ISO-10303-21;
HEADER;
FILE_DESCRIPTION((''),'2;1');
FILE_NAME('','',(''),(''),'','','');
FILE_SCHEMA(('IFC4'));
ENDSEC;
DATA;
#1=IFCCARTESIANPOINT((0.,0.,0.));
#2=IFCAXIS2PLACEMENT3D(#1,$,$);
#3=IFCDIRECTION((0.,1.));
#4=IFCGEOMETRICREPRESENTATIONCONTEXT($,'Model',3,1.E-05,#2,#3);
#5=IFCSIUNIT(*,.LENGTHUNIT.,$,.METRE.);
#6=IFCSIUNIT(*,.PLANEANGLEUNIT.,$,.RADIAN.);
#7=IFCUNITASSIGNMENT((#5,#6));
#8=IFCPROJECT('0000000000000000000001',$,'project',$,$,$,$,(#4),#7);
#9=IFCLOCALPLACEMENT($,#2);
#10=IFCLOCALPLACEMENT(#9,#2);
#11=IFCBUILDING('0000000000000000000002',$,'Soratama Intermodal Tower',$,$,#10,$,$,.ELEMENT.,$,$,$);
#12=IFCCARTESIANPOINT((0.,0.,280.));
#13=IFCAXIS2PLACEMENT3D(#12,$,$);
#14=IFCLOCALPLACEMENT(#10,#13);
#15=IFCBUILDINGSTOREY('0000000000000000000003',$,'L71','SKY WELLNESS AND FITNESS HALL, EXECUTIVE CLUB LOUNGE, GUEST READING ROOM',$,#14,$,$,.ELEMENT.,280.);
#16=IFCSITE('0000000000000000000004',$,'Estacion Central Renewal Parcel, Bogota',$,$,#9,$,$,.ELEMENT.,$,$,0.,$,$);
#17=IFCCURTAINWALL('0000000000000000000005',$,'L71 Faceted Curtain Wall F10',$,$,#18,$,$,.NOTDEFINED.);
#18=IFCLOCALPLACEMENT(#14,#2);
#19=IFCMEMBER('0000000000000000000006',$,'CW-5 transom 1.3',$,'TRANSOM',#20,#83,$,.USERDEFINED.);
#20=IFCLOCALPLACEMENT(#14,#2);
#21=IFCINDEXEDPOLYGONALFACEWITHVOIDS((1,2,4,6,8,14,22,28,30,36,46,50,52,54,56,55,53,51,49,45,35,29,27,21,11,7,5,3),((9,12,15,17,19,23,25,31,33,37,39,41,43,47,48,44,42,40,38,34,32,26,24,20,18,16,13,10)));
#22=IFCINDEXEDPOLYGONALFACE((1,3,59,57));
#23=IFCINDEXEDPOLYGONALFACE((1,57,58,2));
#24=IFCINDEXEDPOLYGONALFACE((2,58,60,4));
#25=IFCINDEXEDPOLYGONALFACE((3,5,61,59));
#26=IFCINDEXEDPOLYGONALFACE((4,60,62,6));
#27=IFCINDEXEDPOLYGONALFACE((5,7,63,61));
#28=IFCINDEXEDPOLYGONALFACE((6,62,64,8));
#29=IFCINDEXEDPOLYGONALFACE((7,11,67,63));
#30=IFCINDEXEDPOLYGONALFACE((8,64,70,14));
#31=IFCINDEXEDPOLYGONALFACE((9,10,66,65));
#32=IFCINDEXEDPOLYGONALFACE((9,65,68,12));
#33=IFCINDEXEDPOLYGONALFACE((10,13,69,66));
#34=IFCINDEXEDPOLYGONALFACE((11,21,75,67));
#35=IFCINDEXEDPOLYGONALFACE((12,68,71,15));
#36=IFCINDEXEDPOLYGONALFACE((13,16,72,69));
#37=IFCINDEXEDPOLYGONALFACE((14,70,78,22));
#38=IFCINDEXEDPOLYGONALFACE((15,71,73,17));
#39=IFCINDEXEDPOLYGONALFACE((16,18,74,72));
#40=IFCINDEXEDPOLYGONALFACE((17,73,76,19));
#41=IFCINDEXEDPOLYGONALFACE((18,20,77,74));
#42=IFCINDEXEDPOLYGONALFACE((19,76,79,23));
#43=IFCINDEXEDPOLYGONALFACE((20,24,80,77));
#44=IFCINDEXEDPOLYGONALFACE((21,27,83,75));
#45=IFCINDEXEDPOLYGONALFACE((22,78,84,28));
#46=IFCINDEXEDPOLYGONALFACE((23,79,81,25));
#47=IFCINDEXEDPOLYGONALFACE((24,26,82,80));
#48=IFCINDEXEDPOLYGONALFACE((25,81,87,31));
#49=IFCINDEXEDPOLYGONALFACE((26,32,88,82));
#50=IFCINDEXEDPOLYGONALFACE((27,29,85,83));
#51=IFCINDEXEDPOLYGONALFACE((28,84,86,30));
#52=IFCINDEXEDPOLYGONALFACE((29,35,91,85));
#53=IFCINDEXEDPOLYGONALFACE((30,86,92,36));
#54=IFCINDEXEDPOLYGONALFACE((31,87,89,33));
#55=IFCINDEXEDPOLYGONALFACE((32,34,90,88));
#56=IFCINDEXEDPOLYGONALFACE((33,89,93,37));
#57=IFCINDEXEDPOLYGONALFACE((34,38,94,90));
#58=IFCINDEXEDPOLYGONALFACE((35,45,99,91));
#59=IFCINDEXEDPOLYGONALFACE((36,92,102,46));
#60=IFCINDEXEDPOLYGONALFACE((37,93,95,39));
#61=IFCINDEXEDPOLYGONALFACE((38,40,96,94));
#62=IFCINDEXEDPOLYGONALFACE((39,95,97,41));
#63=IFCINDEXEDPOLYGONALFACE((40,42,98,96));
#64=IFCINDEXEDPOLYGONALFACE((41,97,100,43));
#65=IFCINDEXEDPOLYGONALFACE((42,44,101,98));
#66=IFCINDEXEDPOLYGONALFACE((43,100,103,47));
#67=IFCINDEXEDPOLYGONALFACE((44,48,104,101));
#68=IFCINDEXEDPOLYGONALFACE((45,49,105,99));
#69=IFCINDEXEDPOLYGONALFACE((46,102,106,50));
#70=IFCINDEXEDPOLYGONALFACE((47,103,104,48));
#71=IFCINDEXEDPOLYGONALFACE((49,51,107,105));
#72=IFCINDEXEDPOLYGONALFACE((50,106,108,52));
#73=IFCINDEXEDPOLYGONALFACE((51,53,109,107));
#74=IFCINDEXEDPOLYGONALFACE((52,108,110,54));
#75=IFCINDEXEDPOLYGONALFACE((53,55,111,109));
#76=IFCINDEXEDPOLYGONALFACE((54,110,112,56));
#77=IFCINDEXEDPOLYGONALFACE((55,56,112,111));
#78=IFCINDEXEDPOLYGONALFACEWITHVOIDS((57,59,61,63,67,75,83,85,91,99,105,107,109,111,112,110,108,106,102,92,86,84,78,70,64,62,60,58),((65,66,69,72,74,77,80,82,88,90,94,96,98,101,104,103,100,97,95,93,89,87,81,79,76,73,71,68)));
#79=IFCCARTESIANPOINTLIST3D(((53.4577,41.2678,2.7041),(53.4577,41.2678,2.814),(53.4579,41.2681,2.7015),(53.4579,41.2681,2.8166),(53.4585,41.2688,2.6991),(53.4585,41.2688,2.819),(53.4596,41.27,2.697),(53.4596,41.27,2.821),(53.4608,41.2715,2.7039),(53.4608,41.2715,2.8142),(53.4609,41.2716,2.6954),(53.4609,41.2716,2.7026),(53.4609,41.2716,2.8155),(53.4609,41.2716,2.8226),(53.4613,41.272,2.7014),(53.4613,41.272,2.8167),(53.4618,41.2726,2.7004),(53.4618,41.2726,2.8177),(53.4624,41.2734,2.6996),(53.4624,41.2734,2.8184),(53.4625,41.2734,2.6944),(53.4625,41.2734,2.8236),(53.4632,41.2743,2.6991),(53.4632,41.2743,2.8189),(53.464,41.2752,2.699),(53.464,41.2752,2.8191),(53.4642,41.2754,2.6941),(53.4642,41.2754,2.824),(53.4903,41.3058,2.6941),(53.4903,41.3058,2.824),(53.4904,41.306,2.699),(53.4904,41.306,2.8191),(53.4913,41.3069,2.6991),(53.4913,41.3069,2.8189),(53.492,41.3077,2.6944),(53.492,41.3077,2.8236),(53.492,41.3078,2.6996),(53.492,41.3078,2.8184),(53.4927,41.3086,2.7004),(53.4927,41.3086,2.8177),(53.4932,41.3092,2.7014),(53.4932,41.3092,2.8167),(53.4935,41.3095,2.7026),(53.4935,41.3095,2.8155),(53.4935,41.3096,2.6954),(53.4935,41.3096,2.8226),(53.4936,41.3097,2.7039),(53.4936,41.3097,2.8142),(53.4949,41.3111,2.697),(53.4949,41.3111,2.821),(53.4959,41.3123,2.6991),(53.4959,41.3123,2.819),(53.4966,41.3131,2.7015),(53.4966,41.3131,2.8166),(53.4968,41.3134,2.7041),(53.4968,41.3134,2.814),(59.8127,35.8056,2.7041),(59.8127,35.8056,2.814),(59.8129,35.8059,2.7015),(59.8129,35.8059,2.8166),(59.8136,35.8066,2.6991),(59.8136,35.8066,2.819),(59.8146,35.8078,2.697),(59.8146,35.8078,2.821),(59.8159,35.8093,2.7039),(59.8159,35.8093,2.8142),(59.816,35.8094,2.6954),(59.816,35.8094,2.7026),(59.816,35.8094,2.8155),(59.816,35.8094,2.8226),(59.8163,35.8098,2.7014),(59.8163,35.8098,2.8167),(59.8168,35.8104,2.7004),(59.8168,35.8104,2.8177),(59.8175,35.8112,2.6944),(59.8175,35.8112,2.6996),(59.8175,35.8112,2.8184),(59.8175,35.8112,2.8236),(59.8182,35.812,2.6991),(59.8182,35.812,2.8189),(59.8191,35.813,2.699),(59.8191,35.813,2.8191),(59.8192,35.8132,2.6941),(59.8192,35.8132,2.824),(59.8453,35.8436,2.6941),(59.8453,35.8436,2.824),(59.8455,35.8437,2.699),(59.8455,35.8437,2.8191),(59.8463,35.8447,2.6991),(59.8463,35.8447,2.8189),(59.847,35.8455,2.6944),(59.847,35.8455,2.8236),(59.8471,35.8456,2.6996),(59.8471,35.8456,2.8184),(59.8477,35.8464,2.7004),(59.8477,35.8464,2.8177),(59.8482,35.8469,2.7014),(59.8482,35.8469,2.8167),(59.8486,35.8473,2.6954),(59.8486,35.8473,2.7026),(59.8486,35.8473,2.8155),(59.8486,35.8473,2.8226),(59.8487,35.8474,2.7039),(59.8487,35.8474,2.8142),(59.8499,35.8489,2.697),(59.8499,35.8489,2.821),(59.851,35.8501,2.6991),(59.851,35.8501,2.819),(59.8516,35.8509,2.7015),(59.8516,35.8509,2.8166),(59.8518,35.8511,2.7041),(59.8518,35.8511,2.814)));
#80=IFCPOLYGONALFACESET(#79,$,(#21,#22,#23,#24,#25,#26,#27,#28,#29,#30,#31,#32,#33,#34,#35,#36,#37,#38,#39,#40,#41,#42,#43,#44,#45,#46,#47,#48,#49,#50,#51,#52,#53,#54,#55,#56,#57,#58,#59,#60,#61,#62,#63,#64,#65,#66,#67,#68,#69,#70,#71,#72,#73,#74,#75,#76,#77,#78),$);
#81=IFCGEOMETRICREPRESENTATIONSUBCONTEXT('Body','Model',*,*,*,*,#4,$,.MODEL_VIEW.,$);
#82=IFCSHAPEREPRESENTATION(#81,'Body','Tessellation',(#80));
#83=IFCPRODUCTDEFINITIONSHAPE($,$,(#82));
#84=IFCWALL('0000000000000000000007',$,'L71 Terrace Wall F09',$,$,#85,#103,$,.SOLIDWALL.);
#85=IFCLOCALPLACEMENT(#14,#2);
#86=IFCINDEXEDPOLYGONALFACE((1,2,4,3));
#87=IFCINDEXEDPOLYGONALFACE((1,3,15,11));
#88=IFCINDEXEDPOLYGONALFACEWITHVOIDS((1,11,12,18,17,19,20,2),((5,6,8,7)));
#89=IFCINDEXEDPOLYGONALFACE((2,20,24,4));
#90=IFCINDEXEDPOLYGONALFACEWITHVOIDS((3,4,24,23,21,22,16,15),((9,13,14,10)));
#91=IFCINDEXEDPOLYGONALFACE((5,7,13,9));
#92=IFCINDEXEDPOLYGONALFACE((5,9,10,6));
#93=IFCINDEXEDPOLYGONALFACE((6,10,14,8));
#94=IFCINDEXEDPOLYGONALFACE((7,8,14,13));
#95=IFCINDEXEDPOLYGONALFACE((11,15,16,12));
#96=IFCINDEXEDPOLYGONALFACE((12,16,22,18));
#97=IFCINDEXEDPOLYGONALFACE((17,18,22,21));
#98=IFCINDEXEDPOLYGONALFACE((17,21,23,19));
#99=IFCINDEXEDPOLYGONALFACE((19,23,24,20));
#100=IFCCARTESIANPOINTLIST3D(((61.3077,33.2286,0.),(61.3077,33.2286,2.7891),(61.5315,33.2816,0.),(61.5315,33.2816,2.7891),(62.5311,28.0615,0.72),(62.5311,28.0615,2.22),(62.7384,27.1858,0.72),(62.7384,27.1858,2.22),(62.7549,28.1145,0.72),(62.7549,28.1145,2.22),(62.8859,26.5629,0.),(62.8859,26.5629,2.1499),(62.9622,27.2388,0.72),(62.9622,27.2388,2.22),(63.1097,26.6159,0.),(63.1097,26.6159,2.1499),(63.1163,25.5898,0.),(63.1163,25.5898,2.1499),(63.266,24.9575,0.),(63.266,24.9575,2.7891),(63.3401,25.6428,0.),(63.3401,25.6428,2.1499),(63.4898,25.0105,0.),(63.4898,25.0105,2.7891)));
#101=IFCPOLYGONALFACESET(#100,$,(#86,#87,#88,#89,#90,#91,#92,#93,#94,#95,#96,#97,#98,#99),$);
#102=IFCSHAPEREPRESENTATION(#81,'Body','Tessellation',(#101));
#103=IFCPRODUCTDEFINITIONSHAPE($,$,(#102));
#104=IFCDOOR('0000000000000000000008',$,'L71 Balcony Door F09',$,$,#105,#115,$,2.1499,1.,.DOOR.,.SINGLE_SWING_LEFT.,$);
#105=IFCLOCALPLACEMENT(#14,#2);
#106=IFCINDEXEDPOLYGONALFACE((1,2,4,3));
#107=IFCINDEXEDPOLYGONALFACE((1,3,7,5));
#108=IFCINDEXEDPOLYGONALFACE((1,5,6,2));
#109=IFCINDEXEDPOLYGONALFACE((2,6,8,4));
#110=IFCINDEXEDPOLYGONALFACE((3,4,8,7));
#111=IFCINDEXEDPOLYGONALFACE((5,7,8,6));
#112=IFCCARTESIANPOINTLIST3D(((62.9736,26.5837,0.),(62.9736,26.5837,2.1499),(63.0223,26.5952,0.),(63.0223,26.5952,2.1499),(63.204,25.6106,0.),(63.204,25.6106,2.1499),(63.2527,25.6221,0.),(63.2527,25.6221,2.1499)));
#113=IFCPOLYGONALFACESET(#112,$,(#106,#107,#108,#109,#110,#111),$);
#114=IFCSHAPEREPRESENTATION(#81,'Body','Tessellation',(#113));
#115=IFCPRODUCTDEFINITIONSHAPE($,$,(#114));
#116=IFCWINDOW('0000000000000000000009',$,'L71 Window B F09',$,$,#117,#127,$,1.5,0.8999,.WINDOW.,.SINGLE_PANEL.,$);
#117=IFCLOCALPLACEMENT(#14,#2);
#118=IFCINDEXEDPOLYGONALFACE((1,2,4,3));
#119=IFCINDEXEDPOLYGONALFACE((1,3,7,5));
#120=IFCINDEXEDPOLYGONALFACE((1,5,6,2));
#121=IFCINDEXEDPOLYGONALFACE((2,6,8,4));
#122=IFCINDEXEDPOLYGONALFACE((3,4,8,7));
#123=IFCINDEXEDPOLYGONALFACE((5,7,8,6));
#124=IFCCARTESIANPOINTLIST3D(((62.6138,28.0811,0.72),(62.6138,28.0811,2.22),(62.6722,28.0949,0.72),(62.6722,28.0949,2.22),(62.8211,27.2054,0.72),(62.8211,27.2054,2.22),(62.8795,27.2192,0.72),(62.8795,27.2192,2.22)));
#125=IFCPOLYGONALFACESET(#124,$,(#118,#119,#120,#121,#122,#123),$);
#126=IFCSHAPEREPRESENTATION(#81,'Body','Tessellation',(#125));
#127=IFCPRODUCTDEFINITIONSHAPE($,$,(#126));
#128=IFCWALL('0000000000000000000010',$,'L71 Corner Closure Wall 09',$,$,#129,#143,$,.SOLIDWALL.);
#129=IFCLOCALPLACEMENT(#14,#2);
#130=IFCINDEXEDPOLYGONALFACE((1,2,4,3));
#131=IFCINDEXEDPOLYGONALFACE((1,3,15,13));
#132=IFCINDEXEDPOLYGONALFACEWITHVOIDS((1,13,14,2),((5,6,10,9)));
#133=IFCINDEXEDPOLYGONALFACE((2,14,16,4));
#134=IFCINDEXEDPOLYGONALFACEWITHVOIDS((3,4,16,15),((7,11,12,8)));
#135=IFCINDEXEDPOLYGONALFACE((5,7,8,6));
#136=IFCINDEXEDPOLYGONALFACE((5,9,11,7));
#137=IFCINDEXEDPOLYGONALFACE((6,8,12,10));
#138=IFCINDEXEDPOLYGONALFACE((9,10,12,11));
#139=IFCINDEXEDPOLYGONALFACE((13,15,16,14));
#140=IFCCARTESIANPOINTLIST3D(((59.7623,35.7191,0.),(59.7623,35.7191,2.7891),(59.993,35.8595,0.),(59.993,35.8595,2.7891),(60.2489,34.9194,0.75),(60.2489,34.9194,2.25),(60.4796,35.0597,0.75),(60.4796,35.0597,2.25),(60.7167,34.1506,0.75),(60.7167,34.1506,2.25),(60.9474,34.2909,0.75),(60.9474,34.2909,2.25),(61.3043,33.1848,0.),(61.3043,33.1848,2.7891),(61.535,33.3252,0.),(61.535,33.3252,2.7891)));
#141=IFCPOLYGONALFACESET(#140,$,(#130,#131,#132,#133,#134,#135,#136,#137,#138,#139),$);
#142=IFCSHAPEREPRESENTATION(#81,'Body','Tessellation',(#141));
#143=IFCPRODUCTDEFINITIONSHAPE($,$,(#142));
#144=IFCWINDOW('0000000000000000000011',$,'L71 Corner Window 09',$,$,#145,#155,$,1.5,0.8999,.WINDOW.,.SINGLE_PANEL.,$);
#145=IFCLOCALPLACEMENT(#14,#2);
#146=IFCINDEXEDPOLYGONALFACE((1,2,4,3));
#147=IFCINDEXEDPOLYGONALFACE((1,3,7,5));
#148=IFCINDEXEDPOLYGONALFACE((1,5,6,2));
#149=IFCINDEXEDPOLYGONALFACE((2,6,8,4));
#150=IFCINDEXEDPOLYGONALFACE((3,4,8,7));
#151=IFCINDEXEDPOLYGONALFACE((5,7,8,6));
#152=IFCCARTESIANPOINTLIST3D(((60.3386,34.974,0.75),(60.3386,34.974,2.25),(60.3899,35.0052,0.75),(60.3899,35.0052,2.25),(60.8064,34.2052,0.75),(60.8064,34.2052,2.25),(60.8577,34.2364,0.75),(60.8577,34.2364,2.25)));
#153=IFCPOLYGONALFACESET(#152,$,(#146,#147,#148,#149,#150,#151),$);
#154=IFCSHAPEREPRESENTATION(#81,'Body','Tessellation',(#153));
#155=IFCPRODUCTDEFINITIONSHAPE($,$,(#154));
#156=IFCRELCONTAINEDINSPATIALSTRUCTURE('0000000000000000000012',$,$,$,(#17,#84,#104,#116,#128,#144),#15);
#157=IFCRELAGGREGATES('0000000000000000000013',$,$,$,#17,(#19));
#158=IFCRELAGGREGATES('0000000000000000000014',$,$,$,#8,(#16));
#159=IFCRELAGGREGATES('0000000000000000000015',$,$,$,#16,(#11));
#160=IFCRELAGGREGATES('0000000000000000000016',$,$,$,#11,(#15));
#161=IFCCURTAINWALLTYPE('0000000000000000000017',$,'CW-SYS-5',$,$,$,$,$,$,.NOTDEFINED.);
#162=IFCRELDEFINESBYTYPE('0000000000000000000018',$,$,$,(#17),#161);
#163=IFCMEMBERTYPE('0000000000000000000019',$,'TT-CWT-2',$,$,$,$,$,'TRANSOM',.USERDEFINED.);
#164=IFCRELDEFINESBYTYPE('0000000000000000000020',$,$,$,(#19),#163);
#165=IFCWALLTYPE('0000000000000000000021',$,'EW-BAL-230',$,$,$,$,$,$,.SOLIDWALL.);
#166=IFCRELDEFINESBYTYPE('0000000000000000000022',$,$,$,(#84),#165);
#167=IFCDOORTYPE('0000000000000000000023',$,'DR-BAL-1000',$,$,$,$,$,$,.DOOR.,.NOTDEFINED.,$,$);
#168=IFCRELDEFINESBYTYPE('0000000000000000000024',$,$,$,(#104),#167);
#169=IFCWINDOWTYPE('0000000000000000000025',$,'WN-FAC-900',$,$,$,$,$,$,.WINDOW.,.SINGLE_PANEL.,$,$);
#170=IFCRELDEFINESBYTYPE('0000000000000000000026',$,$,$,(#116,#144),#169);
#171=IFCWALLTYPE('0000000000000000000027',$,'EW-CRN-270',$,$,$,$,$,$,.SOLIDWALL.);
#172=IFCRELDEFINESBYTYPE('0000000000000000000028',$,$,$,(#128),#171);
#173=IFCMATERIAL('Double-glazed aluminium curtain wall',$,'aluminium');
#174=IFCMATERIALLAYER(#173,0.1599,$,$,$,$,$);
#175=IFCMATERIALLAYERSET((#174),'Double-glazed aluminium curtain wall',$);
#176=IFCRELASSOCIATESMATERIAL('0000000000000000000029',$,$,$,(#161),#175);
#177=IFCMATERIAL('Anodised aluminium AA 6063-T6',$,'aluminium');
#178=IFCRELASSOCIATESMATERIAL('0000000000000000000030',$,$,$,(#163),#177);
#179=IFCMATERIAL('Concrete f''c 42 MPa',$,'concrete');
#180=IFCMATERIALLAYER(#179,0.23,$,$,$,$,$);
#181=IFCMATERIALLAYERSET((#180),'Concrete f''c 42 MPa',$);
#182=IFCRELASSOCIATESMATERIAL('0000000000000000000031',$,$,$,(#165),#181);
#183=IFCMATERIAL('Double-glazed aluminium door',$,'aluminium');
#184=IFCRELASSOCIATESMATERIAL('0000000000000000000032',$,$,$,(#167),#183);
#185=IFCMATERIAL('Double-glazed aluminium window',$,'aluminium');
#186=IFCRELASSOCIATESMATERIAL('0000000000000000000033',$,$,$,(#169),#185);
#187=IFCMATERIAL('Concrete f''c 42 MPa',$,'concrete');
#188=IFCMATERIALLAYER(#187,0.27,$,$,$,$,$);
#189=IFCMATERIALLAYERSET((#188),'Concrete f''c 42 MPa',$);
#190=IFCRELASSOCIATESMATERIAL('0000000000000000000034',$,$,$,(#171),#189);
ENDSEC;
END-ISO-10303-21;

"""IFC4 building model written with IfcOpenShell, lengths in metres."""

from ifc_helpers import new_model, si_unit, direction, frame, frame_2d, origin, origin_2d, place, context, subcontext, project, spatial, rectangle, hollow_rectangle, extrude, material, layer, layer_set, material_profile, profile_set, type_object, element, fill, aggregate, save


model = new_model("IFC4")

# Units and contexts
model_context = context("Model", 3, precision=1e-05, world=origin(), true_north=direction((0.0, 1.0)))
body_context = subcontext(model_context, "Body", "Model", "MODEL_VIEW")
ifc_project = project(units=[si_unit("LENGTHUNIT", "METRE"), si_unit("PLANEANGLEUNIT", "RADIAN")], contexts=[model_context])

# Site, building, storey
site_placement = place(None, origin())
site = spatial("IfcSite", under=ifc_project, at=site_placement, Name="Estacion Central Renewal Parcel, Bogota", CompositionType="ELEMENT", RefElevation=0.0)
building_placement = place(site_placement, origin())
building = spatial("IfcBuilding", under=site, at=building_placement, Name="Soratama Intermodal Tower", CompositionType="ELEMENT")
storey_placement = place(building_placement, frame((0.0, 0.0, 280.0)))
storey = spatial("IfcBuildingStorey", under=building, at=storey_placement, Name="L71", Description="SKY WELLNESS AND FITNESS HALL, EXECUTIVE CLUB LOUNGE, GUEST READING ROOM", CompositionType="ELEMENT", Elevation=280.0)

# Curtain wall, member
ifc_material_1 = material(Name="Double-glazed aluminium curtain wall", Category="aluminium")
ifc_layer_1 = layer(ifc_material_1, 0.1599)
ifc_layer_set_1 = layer_set([ifc_layer_1], Name="Double-glazed aluminium curtain wall")
curtain_wall_type = type_object("IfcCurtainWallType", Name="CW-SYS-5", PredefinedType="NOTDEFINED", material=ifc_layer_set_1)
curtain_wall_placement = place(storey_placement, origin())
curtain_wall = element("IfcCurtainWall", 1, at=curtain_wall_placement, inside=storey, type_object=curtain_wall_type, Name="L71 Faceted Curtain Wall F10", PredefinedType="NOTDEFINED")
ifc_material_2 = material(Name="Anodised aluminium AA 6063-T6", Category="aluminium")
ifc_material_profile_1 = material_profile(ifc_material_2, hollow_rectangle(XDim=0.0601, YDim=0.1299, WallThickness=0.0049, InnerFilletRadius=0.0049, OuterFilletRadius=0.01, at=origin_2d()), Name="CWT130X60X5")
ifc_profile_set_1 = profile_set([ifc_material_profile_1], Name="Anodised aluminium AA 6063-T6")
member_type_1 = type_object("IfcMemberType", Name="TT-CWT-2", ElementType="TRANSOM", PredefinedType="USERDEFINED", material=ifc_profile_set_1)
member_1_placement = place(storey_placement, frame((59.8323, 35.8284, 2.759), z_axis=(-0.75837, 0.651825, 0.0), x_axis=(-0.651825, -0.75837, 0.0)))
member_1 = element("IfcMember", 2, at=member_1_placement, type_object=member_type_1, Name="CW-5 transom 1.3", ObjectType="TRANSOM", PredefinedType="USERDEFINED", context=body_context, shape_type="SweptSolid", body=[
    extrude(hollow_rectangle(XDim=0.0601, YDim=0.1299, WallThickness=0.0049, InnerFilletRadius=0.0049, OuterFilletRadius=0.01, at=origin_2d()), origin(), (0.0, 0.0, 1.0), 8.3799),
])
aggregate(curtain_wall, [member_1])

# Wall, openings, door, window
ifc_material_3 = material(Name="Concrete f'c 42 MPa", Category="concrete")
ifc_layer_2 = layer(ifc_material_3, 0.23)
ifc_layer_set_2 = layer_set([ifc_layer_2], Name="Concrete f'c 42 MPa")
wall_type_1 = type_object("IfcWallType", Name="EW-BAL-230", PredefinedType="SOLIDWALL", material=ifc_layer_set_2)
wall_1_placement = place(storey_placement, frame((63.3779, 24.9839, 0.0), z_axis=(0.0, 0.0, 1.0), x_axis=(-0.230392, 0.973098, 0.0)))
wall_1 = element("IfcWall", 3, at=wall_1_placement, inside=storey, type_object=wall_type_1, Name="L71 Terrace Wall F09", PredefinedType="SOLIDWALL", context=body_context, shape_type="SweptSolid", body=[
    extrude(rectangle(XDim=8.4998, YDim=0.23, at=frame_2d((4.25, 0.0))), origin(), (0.0, 0.0, 1.0), 2.7891),
])
opening_1_placement = place(wall_1_placement, frame((0.6499, 0.0, 0.0)))
opening_1 = element("IfcOpeningElement", 4, at=opening_1_placement, cuts=wall_1, PredefinedType="OPENING", context=body_context, shape_type="SweptSolid", body=[
    extrude(rectangle(XDim=1.0, YDim=2.1499, at=frame_2d((0.5, 1.075))), frame((0.0, 0.125, 0.0), z_axis=(0.0, -1.0, 0.0), x_axis=(1.0, 0.0, 0.0)), (0.0, 0.0, 1.0), 0.25),
])
opening_2_placement = place(wall_1_placement, frame((2.29, 0.0, 0.72)))
opening_2 = element("IfcOpeningElement", 5, at=opening_2_placement, cuts=wall_1, PredefinedType="OPENING", context=body_context, shape_type="SweptSolid", body=[
    extrude(rectangle(XDim=0.8999, YDim=1.5, at=frame_2d((0.45, 0.75))), frame((0.0, 0.125, 0.0), z_axis=(0.0, -1.0, 0.0), x_axis=(1.0, 0.0, 0.0)), (0.0, 0.0, 1.0), 0.25),
])
ifc_material_4 = material(Name="Double-glazed aluminium door", Category="aluminium")
door_type_1 = type_object("IfcDoorType", Name="DR-BAL-1000", OperationType="NOTDEFINED", PredefinedType="DOOR", material=ifc_material_4)
door_1_placement = place(opening_1_placement, origin())
door_1 = element("IfcDoor", 6, at=door_1_placement, inside=storey, type_object=door_type_1, Name="L71 Balcony Door F09", OperationType="SINGLE_SWING_LEFT", OverallHeight=2.1499, OverallWidth=1.0, PredefinedType="DOOR", context=body_context, shape_type="SweptSolid", body=[
    extrude(rectangle(XDim=1.0, YDim=2.1499, at=frame_2d((0.5, 1.075))), frame((0.0, 0.0249, 0.0), z_axis=(0.0, -1.0, 0.0), x_axis=(1.0, 0.0, 0.0)), (0.0, 0.0, 1.0), 0.05),
])
fill(opening_1, door_1)
ifc_material_5 = material(Name="Double-glazed aluminium window", Category="aluminium")
window_type = type_object("IfcWindowType", Name="WN-FAC-900", PartitioningType="SINGLE_PANEL", PredefinedType="WINDOW", material=ifc_material_5)
window_1_placement = place(opening_2_placement, origin())
window_1 = element("IfcWindow", 7, at=window_1_placement, inside=storey, type_object=window_type, Name="L71 Window B F09", OverallHeight=1.5, OverallWidth=0.8999, PartitioningType="SINGLE_PANEL", PredefinedType="WINDOW", context=body_context, shape_type="SweptSolid", body=[
    extrude(rectangle(XDim=0.8999, YDim=1.5, at=frame_2d((0.45, 0.75))), frame((0.0, 0.03, 0.0), z_axis=(0.0, -1.0, 0.0), x_axis=(1.0, 0.0, 0.0)), (0.0, 0.0, 1.0), 0.0601),
])
fill(opening_2, window_1)

# Wall, opening, window
ifc_material_6 = material(Name="Concrete f'c 42 MPa", Category="concrete")
ifc_layer_3 = layer(ifc_material_6, 0.27)
ifc_layer_set_3 = layer_set([ifc_layer_3], Name="Concrete f'c 42 MPa")
wall_type_2 = type_object("IfcWallType", Name="EW-CRN-270", PredefinedType="SOLIDWALL", material=ifc_layer_set_3)
wall_2_placement = place(storey_placement, frame((61.4197, 33.2549, 0.0), z_axis=(0.0, 0.0, 1.0), x_axis=(-0.519775, 0.854303, 0.0)))
wall_2 = element("IfcWall", 8, at=wall_2_placement, inside=storey, type_object=wall_type_2, Name="L71 Corner Closure Wall 09", PredefinedType="SOLIDWALL", context=body_context, shape_type="SweptSolid", body=[
    extrude(rectangle(XDim=2.9666, YDim=0.27, at=frame_2d((1.4834, 0.0))), origin(), (0.0, 0.0, 1.0), 2.7891),
])
opening_3_placement = place(wall_2_placement, frame((1.1306, 0.0, 0.75)))
opening_3 = element("IfcOpeningElement", 9, at=opening_3_placement, cuts=wall_2, PredefinedType="OPENING", context=body_context, shape_type="SweptSolid", body=[
    extrude(rectangle(XDim=0.8999, YDim=1.5, at=frame_2d((0.45, 0.75))), frame((0.0, 0.145, 0.0), z_axis=(0.0, -1.0, 0.0), x_axis=(1.0, 0.0, 0.0)), (0.0, 0.0, 1.0), 0.29),
])
window_2_placement = place(opening_3_placement, origin())
window_2 = element("IfcWindow", 10, at=window_2_placement, inside=storey, type_object=window_type, Name="L71 Corner Window 09", OverallHeight=1.5, OverallWidth=0.8999, PartitioningType="SINGLE_PANEL", PredefinedType="WINDOW", context=body_context, shape_type="SweptSolid", body=[
    extrude(rectangle(XDim=0.8999, YDim=1.5, at=frame_2d((0.45, 0.75))), frame((0.0, 0.03, 0.0), z_axis=(0.0, -1.0, 0.0), x_axis=(1.0, 0.0, 0.0)), (0.0, 0.0, 1.0), 0.0601),
])
fill(opening_3, window_2)

save(model, "model.ifc")
